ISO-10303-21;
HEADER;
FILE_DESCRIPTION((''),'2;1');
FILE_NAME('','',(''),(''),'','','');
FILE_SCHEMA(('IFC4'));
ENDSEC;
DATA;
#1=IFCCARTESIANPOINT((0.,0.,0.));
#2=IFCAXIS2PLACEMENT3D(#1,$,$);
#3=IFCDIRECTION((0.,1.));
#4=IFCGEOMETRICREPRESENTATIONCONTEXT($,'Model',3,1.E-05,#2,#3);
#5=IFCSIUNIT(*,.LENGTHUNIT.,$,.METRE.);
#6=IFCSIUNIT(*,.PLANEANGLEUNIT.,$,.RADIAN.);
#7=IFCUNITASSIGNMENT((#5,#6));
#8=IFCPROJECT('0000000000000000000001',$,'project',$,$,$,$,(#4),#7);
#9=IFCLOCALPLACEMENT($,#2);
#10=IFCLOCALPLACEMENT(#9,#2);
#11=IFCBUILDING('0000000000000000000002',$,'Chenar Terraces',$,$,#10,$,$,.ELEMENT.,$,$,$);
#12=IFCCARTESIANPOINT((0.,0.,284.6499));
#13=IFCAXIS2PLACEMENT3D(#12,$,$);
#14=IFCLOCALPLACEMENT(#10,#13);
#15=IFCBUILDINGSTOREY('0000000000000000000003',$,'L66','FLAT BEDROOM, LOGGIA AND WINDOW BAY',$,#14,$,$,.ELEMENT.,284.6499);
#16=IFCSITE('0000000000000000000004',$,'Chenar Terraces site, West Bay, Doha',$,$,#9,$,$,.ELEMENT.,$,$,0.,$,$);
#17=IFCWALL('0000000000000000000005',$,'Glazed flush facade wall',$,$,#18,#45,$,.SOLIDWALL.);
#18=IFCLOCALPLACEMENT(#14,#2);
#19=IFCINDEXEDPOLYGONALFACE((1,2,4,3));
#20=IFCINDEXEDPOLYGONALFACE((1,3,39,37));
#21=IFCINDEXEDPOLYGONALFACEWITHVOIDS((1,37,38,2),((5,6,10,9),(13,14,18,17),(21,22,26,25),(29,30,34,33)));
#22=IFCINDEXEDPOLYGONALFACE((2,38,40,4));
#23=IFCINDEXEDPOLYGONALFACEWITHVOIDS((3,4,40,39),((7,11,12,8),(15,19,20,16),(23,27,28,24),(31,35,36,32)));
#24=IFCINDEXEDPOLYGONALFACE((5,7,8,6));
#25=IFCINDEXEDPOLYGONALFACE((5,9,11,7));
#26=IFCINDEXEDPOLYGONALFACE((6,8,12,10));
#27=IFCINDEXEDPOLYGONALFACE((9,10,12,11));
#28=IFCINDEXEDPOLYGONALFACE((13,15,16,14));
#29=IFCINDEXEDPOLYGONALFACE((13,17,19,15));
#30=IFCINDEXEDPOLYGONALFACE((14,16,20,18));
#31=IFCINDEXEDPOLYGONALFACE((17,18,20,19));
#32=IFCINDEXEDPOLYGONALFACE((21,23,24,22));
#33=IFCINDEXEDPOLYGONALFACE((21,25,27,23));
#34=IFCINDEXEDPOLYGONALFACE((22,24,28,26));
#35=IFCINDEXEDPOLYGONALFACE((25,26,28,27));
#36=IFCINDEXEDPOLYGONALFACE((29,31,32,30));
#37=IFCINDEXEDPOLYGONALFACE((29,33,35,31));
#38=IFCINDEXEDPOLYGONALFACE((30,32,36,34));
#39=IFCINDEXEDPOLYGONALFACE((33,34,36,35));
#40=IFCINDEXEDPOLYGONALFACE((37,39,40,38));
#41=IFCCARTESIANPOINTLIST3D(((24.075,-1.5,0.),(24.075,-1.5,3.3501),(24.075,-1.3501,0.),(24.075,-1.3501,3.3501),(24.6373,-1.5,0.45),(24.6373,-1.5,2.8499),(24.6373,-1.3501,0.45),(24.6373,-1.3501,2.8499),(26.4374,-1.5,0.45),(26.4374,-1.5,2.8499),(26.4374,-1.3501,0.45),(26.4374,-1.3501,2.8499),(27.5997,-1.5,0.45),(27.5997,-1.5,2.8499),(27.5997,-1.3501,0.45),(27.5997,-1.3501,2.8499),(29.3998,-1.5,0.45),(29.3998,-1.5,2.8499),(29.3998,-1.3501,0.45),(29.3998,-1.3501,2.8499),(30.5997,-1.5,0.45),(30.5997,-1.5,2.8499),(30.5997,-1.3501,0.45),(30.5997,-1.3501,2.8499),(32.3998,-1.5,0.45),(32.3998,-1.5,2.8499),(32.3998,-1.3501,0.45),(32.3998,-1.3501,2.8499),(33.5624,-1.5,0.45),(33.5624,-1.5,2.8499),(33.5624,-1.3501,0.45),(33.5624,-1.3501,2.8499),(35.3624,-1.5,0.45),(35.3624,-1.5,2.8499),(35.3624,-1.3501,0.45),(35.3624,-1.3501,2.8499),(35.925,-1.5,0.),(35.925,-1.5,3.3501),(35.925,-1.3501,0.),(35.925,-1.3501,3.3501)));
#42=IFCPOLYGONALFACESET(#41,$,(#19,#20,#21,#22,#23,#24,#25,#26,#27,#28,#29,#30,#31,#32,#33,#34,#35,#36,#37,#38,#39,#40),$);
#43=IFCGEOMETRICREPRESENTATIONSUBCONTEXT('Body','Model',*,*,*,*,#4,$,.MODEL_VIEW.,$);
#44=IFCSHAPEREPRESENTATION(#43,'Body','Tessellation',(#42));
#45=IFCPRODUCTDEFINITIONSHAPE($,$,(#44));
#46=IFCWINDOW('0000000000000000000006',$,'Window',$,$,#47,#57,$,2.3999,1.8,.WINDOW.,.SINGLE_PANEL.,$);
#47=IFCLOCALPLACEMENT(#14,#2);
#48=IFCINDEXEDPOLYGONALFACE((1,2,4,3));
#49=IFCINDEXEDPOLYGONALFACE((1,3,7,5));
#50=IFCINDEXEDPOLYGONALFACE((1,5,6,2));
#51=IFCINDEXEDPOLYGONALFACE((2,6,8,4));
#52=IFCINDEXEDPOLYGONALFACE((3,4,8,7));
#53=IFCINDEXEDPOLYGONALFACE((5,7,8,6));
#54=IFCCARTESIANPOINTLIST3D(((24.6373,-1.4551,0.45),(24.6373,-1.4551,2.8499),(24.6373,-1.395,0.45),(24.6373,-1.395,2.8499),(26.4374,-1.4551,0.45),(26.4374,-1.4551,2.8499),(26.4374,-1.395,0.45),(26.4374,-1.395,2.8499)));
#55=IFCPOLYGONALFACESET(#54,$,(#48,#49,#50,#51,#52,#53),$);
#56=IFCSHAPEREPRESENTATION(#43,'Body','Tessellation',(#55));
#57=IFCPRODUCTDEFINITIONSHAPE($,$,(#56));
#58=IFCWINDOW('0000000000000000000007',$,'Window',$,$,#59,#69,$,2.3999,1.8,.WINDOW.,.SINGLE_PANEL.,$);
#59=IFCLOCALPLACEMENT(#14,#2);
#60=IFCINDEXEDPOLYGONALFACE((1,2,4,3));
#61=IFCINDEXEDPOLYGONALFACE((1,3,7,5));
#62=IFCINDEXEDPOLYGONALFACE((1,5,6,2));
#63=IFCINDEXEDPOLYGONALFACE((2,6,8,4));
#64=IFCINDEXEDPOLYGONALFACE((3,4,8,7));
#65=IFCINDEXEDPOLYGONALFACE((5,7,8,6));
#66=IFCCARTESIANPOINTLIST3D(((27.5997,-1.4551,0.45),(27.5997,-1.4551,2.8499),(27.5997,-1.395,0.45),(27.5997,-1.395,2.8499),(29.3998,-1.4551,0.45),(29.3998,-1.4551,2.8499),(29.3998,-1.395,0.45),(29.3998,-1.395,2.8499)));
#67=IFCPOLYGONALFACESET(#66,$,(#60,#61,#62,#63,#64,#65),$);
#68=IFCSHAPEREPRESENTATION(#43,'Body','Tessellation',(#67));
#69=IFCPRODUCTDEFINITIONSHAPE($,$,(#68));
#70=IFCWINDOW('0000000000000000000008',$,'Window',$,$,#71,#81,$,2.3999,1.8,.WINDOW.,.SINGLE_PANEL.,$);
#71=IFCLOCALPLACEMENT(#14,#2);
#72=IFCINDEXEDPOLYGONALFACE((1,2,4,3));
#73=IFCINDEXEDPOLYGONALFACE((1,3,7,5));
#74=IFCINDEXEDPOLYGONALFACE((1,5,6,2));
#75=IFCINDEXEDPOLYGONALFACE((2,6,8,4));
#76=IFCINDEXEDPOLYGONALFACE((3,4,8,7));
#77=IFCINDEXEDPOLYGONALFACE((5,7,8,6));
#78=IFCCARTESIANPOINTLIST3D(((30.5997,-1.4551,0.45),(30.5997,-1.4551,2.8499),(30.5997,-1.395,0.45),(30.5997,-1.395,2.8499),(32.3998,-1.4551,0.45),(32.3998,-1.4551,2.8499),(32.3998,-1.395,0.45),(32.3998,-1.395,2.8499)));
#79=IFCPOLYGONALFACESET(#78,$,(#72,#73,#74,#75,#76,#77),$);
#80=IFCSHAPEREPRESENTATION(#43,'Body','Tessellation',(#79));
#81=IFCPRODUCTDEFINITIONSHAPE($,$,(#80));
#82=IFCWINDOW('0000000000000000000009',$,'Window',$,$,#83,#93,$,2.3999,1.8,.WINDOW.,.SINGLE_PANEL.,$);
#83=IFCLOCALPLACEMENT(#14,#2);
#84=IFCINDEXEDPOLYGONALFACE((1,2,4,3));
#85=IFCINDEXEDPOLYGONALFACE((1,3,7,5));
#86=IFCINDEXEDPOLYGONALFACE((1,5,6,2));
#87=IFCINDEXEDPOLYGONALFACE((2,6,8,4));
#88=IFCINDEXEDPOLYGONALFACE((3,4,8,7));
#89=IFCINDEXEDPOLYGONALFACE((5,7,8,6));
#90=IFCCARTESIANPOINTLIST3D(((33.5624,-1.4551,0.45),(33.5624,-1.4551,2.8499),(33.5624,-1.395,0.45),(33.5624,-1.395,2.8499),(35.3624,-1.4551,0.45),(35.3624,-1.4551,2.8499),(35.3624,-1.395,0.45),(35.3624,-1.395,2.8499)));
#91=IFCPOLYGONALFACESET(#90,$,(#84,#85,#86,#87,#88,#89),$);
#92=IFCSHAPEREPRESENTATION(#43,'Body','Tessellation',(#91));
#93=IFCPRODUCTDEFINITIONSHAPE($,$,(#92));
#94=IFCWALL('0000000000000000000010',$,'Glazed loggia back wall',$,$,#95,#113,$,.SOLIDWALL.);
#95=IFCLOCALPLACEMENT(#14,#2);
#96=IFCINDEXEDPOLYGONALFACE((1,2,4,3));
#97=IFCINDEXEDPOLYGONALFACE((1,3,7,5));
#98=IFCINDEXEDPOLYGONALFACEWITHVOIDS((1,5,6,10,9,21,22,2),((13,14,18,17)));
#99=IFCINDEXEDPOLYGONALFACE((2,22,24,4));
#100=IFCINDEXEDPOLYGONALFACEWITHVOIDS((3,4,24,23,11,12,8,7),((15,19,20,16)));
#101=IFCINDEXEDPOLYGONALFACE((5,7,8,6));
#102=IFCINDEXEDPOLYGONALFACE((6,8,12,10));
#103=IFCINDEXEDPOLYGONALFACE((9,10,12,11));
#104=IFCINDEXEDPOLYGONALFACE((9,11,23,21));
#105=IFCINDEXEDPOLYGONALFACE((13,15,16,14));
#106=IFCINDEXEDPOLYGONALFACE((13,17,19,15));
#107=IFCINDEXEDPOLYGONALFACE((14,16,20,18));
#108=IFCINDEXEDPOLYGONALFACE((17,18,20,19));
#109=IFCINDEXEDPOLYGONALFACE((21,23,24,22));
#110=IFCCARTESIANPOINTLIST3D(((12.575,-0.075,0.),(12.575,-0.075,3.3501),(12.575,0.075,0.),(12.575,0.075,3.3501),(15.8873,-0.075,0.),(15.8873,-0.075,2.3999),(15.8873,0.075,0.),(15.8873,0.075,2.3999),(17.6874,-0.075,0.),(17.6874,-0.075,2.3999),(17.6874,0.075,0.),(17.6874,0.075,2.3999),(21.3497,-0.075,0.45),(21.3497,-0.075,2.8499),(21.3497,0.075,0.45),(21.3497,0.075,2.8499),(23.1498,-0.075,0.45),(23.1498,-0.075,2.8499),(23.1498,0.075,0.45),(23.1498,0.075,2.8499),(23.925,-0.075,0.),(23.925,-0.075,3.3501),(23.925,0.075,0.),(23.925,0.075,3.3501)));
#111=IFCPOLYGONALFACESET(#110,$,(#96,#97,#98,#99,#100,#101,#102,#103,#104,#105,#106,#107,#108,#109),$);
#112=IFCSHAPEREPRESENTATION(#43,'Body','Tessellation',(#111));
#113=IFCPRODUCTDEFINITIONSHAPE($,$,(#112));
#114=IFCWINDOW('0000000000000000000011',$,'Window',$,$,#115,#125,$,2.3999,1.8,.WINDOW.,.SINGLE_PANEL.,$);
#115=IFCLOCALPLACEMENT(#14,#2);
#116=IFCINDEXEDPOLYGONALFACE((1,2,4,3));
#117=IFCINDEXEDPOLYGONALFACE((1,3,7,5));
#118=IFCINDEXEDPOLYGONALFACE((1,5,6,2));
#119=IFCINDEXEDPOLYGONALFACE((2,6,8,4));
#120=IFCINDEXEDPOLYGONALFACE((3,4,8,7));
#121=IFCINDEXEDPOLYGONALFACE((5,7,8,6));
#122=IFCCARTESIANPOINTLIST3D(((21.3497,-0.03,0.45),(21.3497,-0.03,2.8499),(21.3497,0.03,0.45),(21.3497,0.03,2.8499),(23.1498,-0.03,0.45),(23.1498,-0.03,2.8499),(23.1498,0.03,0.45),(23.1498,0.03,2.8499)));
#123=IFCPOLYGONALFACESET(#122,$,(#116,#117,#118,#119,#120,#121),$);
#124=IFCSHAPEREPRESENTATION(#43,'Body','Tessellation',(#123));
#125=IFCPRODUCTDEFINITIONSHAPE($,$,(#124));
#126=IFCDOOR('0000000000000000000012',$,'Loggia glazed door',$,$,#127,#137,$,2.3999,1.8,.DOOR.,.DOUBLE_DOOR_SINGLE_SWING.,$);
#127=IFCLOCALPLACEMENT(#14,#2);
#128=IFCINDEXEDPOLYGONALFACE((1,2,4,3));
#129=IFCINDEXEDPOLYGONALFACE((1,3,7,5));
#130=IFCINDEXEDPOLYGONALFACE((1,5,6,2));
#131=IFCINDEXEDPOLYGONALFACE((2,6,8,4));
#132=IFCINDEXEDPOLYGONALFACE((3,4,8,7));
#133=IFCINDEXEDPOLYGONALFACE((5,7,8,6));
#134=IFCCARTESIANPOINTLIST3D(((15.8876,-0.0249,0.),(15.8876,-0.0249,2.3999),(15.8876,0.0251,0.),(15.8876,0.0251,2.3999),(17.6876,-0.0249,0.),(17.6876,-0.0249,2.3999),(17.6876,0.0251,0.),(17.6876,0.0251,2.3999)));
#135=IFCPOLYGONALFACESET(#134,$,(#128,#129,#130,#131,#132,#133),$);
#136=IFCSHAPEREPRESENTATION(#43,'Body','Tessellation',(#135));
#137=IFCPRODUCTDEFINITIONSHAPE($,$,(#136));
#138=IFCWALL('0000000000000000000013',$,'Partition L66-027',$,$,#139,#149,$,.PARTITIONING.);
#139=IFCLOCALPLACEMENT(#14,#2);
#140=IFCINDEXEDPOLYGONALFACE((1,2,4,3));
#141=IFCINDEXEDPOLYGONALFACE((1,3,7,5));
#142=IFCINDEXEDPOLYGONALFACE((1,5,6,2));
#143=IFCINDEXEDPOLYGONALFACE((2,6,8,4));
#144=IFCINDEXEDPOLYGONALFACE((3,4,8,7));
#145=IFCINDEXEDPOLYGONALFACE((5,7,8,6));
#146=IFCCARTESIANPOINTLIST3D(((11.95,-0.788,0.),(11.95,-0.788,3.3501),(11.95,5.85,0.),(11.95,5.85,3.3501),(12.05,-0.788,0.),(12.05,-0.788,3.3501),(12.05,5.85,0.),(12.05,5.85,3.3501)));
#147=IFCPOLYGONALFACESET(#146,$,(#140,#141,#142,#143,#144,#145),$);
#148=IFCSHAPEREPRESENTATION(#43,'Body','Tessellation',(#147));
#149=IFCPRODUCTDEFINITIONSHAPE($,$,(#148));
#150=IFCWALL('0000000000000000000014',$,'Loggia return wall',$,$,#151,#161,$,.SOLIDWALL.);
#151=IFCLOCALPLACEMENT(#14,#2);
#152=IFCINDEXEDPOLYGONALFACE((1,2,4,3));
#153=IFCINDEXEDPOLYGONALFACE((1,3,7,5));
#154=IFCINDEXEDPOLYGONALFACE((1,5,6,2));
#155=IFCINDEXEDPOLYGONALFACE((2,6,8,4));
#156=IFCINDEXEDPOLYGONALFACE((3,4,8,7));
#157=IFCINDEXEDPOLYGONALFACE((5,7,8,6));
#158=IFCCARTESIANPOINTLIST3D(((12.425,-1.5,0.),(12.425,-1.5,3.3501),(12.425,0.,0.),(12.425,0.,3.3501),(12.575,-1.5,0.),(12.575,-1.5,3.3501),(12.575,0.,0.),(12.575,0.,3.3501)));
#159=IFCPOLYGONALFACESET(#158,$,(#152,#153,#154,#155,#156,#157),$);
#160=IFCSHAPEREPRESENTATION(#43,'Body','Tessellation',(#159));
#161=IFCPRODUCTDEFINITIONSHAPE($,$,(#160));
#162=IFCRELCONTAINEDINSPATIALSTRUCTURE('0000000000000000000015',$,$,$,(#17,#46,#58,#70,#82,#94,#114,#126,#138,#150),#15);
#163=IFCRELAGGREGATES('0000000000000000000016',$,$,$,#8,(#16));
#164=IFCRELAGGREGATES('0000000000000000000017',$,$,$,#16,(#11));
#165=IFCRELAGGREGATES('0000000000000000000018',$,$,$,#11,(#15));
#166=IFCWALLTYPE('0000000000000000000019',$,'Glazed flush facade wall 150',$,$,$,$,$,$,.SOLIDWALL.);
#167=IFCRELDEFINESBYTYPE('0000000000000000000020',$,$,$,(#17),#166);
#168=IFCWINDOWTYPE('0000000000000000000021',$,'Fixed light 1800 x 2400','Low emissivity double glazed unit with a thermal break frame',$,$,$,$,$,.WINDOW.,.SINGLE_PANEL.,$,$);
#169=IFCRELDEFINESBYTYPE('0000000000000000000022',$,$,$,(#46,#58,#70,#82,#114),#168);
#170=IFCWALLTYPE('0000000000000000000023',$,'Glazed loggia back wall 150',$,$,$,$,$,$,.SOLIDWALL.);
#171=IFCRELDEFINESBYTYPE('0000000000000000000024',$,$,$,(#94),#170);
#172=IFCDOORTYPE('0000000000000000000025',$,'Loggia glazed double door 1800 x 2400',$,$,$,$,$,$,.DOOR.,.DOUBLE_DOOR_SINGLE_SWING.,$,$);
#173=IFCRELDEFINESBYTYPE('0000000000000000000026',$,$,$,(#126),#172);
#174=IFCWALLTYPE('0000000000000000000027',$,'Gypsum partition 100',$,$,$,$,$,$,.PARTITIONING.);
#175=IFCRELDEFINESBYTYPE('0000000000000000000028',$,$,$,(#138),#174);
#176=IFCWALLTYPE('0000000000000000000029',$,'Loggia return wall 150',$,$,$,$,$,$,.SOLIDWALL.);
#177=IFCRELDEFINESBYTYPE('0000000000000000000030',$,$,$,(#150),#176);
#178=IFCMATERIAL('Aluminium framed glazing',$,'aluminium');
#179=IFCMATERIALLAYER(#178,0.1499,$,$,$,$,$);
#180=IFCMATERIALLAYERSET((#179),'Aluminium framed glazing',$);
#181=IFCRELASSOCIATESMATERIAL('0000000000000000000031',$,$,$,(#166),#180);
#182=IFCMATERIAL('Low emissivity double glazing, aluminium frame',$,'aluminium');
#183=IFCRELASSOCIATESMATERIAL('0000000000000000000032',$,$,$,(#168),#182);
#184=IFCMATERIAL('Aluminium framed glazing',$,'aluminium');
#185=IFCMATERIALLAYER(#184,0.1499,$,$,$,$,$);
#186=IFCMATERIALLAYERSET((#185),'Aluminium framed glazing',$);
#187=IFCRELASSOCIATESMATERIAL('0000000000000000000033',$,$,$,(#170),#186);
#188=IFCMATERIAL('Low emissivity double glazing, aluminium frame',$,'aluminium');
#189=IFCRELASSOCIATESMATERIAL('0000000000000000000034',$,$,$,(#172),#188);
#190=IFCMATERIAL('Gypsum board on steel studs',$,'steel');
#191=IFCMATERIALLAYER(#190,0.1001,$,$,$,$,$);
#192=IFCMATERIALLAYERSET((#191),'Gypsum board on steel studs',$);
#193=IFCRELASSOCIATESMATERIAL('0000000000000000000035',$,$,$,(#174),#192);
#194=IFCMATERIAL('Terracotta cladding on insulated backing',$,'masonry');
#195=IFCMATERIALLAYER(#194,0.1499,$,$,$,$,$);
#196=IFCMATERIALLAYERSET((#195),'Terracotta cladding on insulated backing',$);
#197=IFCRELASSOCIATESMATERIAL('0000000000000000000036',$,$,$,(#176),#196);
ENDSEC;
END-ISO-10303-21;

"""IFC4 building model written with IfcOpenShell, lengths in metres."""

from ifc_helpers import new_model, si_unit, direction, frame, frame_2d, origin, place, context, subcontext, project, spatial, rectangle, extrude, material, layer, layer_set, type_object, element, fill, save


model = new_model("IFC4")

# Units and contexts
model_context = context("Model", 3, precision=1e-05, world=origin(), true_north=direction((0.0, 1.0)))
body_context = subcontext(model_context, "Body", "Model", "MODEL_VIEW")
ifc_project = project(units=[si_unit("LENGTHUNIT", "METRE"), si_unit("PLANEANGLEUNIT", "RADIAN")], contexts=[model_context])

# Site, building, storey
site_placement = place(None, origin())
site = spatial("IfcSite", under=ifc_project, at=site_placement, Name="Chenar Terraces site, West Bay, Doha", CompositionType="ELEMENT", RefElevation=0.0)
building_placement = place(site_placement, origin())
building = spatial("IfcBuilding", under=site, at=building_placement, Name="Chenar Terraces", CompositionType="ELEMENT")
storey_placement = place(building_placement, frame((0.0, 0.0, 284.6499)))
storey = spatial("IfcBuildingStorey", under=building, at=storey_placement, Name="L66", Description="FLAT BEDROOM, LOGGIA AND WINDOW BAY", CompositionType="ELEMENT", Elevation=284.6499)

# Wall, openings, windows
ifc_material_1 = material(Name="Aluminium framed glazing", Category="aluminium")
ifc_layer_1 = layer(ifc_material_1, 0.1499)
ifc_layer_set_1 = layer_set([ifc_layer_1], Name="Aluminium framed glazing")
wall_type_1 = type_object("IfcWallType", Name="Glazed flush facade wall 150", PredefinedType="SOLIDWALL", material=ifc_layer_set_1)
wall_1_placement = place(storey_placement, frame((24.075, -1.425, 0.0), z_axis=(0.0, 0.0, 1.0), x_axis=(1.0, 0.0, 0.0)))
wall_1 = element("IfcWall", 1, at=wall_1_placement, inside=storey, type_object=wall_type_1, Name="Glazed flush facade wall", PredefinedType="SOLIDWALL", context=body_context, shape_type="SweptSolid", body=[
    extrude(rectangle(XDim=11.8501, YDim=0.1499, at=frame_2d((5.925, 0.0))), origin(), (0.0, 0.0, 1.0), 3.3501),
])
opening_1_placement = place(wall_1_placement, frame((0.5625, 0.0, 0.45)))
opening_1 = element("IfcOpeningElement", 2, at=opening_1_placement, cuts=wall_1, PredefinedType="OPENING", context=body_context, shape_type="SweptSolid", body=[
    extrude(rectangle(XDim=1.8, YDim=2.3999, at=frame_2d((0.8999, 1.2))), frame((0.0, 0.085, 0.0), z_axis=(0.0, -1.0, 0.0), x_axis=(1.0, 0.0, 0.0)), (0.0, 0.0, 1.0), 0.1699),
])
opening_2_placement = place(wall_1_placement, frame((3.5249, 0.0, 0.45)))
opening_2 = element("IfcOpeningElement", 3, at=opening_2_placement, cuts=wall_1, PredefinedType="OPENING", context=body_context, shape_type="SweptSolid", body=[
    extrude(rectangle(XDim=1.8, YDim=2.3999, at=frame_2d((0.8999, 1.2))), frame((0.0, 0.085, 0.0), z_axis=(0.0, -1.0, 0.0), x_axis=(1.0, 0.0, 0.0)), (0.0, 0.0, 1.0), 0.1699),
])
opening_3_placement = place(wall_1_placement, frame((6.5249, 0.0, 0.45)))
opening_3 = element("IfcOpeningElement", 4, at=opening_3_placement, cuts=wall_1, PredefinedType="OPENING", context=body_context, shape_type="SweptSolid", body=[
    extrude(rectangle(XDim=1.8, YDim=2.3999, at=frame_2d((0.8999, 1.2))), frame((0.0, 0.085, 0.0), z_axis=(0.0, -1.0, 0.0), x_axis=(1.0, 0.0, 0.0)), (0.0, 0.0, 1.0), 0.1699),
])
opening_4_placement = place(wall_1_placement, frame((9.4875, 0.0, 0.45)))
opening_4 = element("IfcOpeningElement", 5, at=opening_4_placement, cuts=wall_1, PredefinedType="OPENING", context=body_context, shape_type="SweptSolid", body=[
    extrude(rectangle(XDim=1.8, YDim=2.3999, at=frame_2d((0.8999, 1.2))), frame((0.0, 0.085, 0.0), z_axis=(0.0, -1.0, 0.0), x_axis=(1.0, 0.0, 0.0)), (0.0, 0.0, 1.0), 0.1699),
])
ifc_material_2 = material(Name="Low emissivity double glazing, aluminium frame", Category="aluminium")
window_type = type_object("IfcWindowType", Name="Fixed light 1800 x 2400", Description="Low emissivity double glazed unit with a thermal break frame", PartitioningType="SINGLE_PANEL", PredefinedType="WINDOW", material=ifc_material_2)
window_1_placement = place(opening_1_placement, origin())
window_1 = element("IfcWindow", 6, at=window_1_placement, inside=storey, type_object=window_type, Name="Window", OverallHeight=2.3999, OverallWidth=1.8, PartitioningType="SINGLE_PANEL", PredefinedType="WINDOW", context=body_context, shape_type="SweptSolid", body=[
    extrude(rectangle(XDim=1.8, YDim=2.3999, at=frame_2d((0.8999, 1.2))), frame((0.0, 0.03, 0.0), z_axis=(0.0, -1.0, 0.0), x_axis=(1.0, 0.0, 0.0)), (0.0, 0.0, 1.0), 0.0601),
])
fill(opening_1, window_1)
window_2_placement = place(opening_2_placement, origin())
window_2 = element("IfcWindow", 7, at=window_2_placement, inside=storey, type_object=window_type, Name="Window", OverallHeight=2.3999, OverallWidth=1.8, PartitioningType="SINGLE_PANEL", PredefinedType="WINDOW", context=body_context, shape_type="SweptSolid", body=[
    extrude(rectangle(XDim=1.8, YDim=2.3999, at=frame_2d((0.8999, 1.2))), frame((0.0, 0.03, 0.0), z_axis=(0.0, -1.0, 0.0), x_axis=(1.0, 0.0, 0.0)), (0.0, 0.0, 1.0), 0.0601),
])
fill(opening_2, window_2)
window_3_placement = place(opening_3_placement, origin())
window_3 = element("IfcWindow", 8, at=window_3_placement, inside=storey, type_object=window_type, Name="Window", OverallHeight=2.3999, OverallWidth=1.8, PartitioningType="SINGLE_PANEL", PredefinedType="WINDOW", context=body_context, shape_type="SweptSolid", body=[
    extrude(rectangle(XDim=1.8, YDim=2.3999, at=frame_2d((0.8999, 1.2))), frame((0.0, 0.03, 0.0), z_axis=(0.0, -1.0, 0.0), x_axis=(1.0, 0.0, 0.0)), (0.0, 0.0, 1.0), 0.0601),
])
fill(opening_3, window_3)
window_4_placement = place(opening_4_placement, origin())
window_4 = element("IfcWindow", 9, at=window_4_placement, inside=storey, type_object=window_type, Name="Window", OverallHeight=2.3999, OverallWidth=1.8, PartitioningType="SINGLE_PANEL", PredefinedType="WINDOW", context=body_context, shape_type="SweptSolid", body=[
    extrude(rectangle(XDim=1.8, YDim=2.3999, at=frame_2d((0.8999, 1.2))), frame((0.0, 0.03, 0.0), z_axis=(0.0, -1.0, 0.0), x_axis=(1.0, 0.0, 0.0)), (0.0, 0.0, 1.0), 0.0601),
])
fill(opening_4, window_4)

# Wall, openings, window, door
ifc_material_3 = material(Name="Aluminium framed glazing", Category="aluminium")
ifc_layer_2 = layer(ifc_material_3, 0.1499)
ifc_layer_set_2 = layer_set([ifc_layer_2], Name="Aluminium framed glazing")
wall_type_2 = type_object("IfcWallType", Name="Glazed loggia back wall 150", PredefinedType="SOLIDWALL", material=ifc_layer_set_2)
wall_2_placement = place(storey_placement, frame((12.575, 0.0, 0.0), z_axis=(0.0, 0.0, 1.0), x_axis=(1.0, 0.0, 0.0)))
wall_2 = element("IfcWall", 10, at=wall_2_placement, inside=storey, type_object=wall_type_2, Name="Glazed loggia back wall", PredefinedType="SOLIDWALL", context=body_context, shape_type="SweptSolid", body=[
    extrude(rectangle(XDim=11.3501, YDim=0.1499, at=frame_2d((5.675, 0.0))), origin(), (0.0, 0.0, 1.0), 3.3501),
])
opening_5_placement = place(wall_2_placement, frame((3.3125, 0.0, 0.0)))
opening_5 = element("IfcOpeningElement", 11, at=opening_5_placement, cuts=wall_2, PredefinedType="OPENING", context=body_context, shape_type="SweptSolid", body=[
    extrude(rectangle(XDim=1.8, YDim=2.3999, at=frame_2d((0.8999, 1.2))), frame((0.0, 0.085, 0.0), z_axis=(0.0, -1.0, 0.0), x_axis=(1.0, 0.0, 0.0)), (0.0, 0.0, 1.0), 0.1699),
])
opening_6_placement = place(wall_2_placement, frame((8.7749, 0.0, 0.45)))
opening_6 = element("IfcOpeningElement", 12, at=opening_6_placement, cuts=wall_2, PredefinedType="OPENING", context=body_context, shape_type="SweptSolid", body=[
    extrude(rectangle(XDim=1.8, YDim=2.3999, at=frame_2d((0.8999, 1.2))), frame((0.0, 0.085, 0.0), z_axis=(0.0, -1.0, 0.0), x_axis=(1.0, 0.0, 0.0)), (0.0, 0.0, 1.0), 0.1699),
])
window_5_placement = place(opening_6_placement, origin())
window_5 = element("IfcWindow", 13, at=window_5_placement, inside=storey, type_object=window_type, Name="Window", OverallHeight=2.3999, OverallWidth=1.8, PartitioningType="SINGLE_PANEL", PredefinedType="WINDOW", context=body_context, shape_type="SweptSolid", body=[
    extrude(rectangle(XDim=1.8, YDim=2.3999, at=frame_2d((0.8999, 1.2))), frame((0.0, 0.03, 0.0), z_axis=(0.0, -1.0, 0.0), x_axis=(1.0, 0.0, 0.0)), (0.0, 0.0, 1.0), 0.0601),
])
fill(opening_6, window_5)
ifc_material_4 = material(Name="Low emissivity double glazing, aluminium frame", Category="aluminium")
door_type = type_object("IfcDoorType", Name="Loggia glazed double door 1800 x 2400", OperationType="DOUBLE_DOOR_SINGLE_SWING", PredefinedType="DOOR", material=ifc_material_4)
door_placement = place(opening_5_placement, frame((1.8, 0.0, 0.0), z_axis=(0.0, 0.0, 1.0), x_axis=(-1.0, 0.0, 0.0)))
door = element("IfcDoor", 14, at=door_placement, inside=storey, type_object=door_type, Name="Loggia glazed door", OperationType="DOUBLE_DOOR_SINGLE_SWING", OverallHeight=2.3999, OverallWidth=1.8, PredefinedType="DOOR", context=body_context, shape_type="SweptSolid", body=[
    extrude(rectangle(XDim=1.8, YDim=2.3999, at=frame_2d((0.8999, 1.2))), frame((0.0, 0.0249, 0.0), z_axis=(0.0, -1.0, 0.0), x_axis=(1.0, 0.0, 0.0)), (0.0, 0.0, 1.0), 0.05),
])
fill(opening_5, door)

# Walls
ifc_material_5 = material(Name="Gypsum board on steel studs", Category="steel")
ifc_layer_3 = layer(ifc_material_5, 0.1001)
ifc_layer_set_3 = layer_set([ifc_layer_3], Name="Gypsum board on steel studs")
wall_type_3 = type_object("IfcWallType", Name="Gypsum partition 100", PredefinedType="PARTITIONING", material=ifc_layer_set_3)
wall_3_placement = place(storey_placement, frame((12.0, -0.7878, 0.0), z_axis=(0.0, 0.0, 1.0), x_axis=(0.0, 1.0, 0.0)))
element("IfcWall", 15, at=wall_3_placement, inside=storey, type_object=wall_type_3, Name="Partition L66-027", PredefinedType="PARTITIONING", context=body_context, shape_type="SweptSolid", body=[
    extrude(rectangle(XDim=6.6379, YDim=0.1001, at=frame_2d((3.3188, 0.0))), origin(), (0.0, 0.0, 1.0), 3.3501),
])
ifc_material_6 = material(Name="Terracotta cladding on insulated backing", Category="masonry")
ifc_layer_4 = layer(ifc_material_6, 0.1499)
ifc_layer_set_4 = layer_set([ifc_layer_4], Name="Terracotta cladding on insulated backing")
wall_type_4 = type_object("IfcWallType", Name="Loggia return wall 150", PredefinedType="SOLIDWALL", material=ifc_layer_set_4)
for number, where, z_axis, x_axis, name in (
    (16, (12.5, -1.5, 0.0), (0.0, 0.0, 1.0), (0.0, 1.0, 0.0), "Loggia return wall"),
):
    element("IfcWall", number, at=place(storey_placement, frame(where, z_axis=z_axis, x_axis=x_axis)), inside=storey, type_object=wall_type_4, Name=name, PredefinedType="SOLIDWALL", context=body_context, shape_type="SweptSolid", body=[
        extrude(rectangle(XDim=1.5, YDim=0.1499, at=frame_2d((0.75, 0.0))), origin(), (0.0, 0.0, 1.0), 3.3501),
    ])

save(model, "model.ifc")
